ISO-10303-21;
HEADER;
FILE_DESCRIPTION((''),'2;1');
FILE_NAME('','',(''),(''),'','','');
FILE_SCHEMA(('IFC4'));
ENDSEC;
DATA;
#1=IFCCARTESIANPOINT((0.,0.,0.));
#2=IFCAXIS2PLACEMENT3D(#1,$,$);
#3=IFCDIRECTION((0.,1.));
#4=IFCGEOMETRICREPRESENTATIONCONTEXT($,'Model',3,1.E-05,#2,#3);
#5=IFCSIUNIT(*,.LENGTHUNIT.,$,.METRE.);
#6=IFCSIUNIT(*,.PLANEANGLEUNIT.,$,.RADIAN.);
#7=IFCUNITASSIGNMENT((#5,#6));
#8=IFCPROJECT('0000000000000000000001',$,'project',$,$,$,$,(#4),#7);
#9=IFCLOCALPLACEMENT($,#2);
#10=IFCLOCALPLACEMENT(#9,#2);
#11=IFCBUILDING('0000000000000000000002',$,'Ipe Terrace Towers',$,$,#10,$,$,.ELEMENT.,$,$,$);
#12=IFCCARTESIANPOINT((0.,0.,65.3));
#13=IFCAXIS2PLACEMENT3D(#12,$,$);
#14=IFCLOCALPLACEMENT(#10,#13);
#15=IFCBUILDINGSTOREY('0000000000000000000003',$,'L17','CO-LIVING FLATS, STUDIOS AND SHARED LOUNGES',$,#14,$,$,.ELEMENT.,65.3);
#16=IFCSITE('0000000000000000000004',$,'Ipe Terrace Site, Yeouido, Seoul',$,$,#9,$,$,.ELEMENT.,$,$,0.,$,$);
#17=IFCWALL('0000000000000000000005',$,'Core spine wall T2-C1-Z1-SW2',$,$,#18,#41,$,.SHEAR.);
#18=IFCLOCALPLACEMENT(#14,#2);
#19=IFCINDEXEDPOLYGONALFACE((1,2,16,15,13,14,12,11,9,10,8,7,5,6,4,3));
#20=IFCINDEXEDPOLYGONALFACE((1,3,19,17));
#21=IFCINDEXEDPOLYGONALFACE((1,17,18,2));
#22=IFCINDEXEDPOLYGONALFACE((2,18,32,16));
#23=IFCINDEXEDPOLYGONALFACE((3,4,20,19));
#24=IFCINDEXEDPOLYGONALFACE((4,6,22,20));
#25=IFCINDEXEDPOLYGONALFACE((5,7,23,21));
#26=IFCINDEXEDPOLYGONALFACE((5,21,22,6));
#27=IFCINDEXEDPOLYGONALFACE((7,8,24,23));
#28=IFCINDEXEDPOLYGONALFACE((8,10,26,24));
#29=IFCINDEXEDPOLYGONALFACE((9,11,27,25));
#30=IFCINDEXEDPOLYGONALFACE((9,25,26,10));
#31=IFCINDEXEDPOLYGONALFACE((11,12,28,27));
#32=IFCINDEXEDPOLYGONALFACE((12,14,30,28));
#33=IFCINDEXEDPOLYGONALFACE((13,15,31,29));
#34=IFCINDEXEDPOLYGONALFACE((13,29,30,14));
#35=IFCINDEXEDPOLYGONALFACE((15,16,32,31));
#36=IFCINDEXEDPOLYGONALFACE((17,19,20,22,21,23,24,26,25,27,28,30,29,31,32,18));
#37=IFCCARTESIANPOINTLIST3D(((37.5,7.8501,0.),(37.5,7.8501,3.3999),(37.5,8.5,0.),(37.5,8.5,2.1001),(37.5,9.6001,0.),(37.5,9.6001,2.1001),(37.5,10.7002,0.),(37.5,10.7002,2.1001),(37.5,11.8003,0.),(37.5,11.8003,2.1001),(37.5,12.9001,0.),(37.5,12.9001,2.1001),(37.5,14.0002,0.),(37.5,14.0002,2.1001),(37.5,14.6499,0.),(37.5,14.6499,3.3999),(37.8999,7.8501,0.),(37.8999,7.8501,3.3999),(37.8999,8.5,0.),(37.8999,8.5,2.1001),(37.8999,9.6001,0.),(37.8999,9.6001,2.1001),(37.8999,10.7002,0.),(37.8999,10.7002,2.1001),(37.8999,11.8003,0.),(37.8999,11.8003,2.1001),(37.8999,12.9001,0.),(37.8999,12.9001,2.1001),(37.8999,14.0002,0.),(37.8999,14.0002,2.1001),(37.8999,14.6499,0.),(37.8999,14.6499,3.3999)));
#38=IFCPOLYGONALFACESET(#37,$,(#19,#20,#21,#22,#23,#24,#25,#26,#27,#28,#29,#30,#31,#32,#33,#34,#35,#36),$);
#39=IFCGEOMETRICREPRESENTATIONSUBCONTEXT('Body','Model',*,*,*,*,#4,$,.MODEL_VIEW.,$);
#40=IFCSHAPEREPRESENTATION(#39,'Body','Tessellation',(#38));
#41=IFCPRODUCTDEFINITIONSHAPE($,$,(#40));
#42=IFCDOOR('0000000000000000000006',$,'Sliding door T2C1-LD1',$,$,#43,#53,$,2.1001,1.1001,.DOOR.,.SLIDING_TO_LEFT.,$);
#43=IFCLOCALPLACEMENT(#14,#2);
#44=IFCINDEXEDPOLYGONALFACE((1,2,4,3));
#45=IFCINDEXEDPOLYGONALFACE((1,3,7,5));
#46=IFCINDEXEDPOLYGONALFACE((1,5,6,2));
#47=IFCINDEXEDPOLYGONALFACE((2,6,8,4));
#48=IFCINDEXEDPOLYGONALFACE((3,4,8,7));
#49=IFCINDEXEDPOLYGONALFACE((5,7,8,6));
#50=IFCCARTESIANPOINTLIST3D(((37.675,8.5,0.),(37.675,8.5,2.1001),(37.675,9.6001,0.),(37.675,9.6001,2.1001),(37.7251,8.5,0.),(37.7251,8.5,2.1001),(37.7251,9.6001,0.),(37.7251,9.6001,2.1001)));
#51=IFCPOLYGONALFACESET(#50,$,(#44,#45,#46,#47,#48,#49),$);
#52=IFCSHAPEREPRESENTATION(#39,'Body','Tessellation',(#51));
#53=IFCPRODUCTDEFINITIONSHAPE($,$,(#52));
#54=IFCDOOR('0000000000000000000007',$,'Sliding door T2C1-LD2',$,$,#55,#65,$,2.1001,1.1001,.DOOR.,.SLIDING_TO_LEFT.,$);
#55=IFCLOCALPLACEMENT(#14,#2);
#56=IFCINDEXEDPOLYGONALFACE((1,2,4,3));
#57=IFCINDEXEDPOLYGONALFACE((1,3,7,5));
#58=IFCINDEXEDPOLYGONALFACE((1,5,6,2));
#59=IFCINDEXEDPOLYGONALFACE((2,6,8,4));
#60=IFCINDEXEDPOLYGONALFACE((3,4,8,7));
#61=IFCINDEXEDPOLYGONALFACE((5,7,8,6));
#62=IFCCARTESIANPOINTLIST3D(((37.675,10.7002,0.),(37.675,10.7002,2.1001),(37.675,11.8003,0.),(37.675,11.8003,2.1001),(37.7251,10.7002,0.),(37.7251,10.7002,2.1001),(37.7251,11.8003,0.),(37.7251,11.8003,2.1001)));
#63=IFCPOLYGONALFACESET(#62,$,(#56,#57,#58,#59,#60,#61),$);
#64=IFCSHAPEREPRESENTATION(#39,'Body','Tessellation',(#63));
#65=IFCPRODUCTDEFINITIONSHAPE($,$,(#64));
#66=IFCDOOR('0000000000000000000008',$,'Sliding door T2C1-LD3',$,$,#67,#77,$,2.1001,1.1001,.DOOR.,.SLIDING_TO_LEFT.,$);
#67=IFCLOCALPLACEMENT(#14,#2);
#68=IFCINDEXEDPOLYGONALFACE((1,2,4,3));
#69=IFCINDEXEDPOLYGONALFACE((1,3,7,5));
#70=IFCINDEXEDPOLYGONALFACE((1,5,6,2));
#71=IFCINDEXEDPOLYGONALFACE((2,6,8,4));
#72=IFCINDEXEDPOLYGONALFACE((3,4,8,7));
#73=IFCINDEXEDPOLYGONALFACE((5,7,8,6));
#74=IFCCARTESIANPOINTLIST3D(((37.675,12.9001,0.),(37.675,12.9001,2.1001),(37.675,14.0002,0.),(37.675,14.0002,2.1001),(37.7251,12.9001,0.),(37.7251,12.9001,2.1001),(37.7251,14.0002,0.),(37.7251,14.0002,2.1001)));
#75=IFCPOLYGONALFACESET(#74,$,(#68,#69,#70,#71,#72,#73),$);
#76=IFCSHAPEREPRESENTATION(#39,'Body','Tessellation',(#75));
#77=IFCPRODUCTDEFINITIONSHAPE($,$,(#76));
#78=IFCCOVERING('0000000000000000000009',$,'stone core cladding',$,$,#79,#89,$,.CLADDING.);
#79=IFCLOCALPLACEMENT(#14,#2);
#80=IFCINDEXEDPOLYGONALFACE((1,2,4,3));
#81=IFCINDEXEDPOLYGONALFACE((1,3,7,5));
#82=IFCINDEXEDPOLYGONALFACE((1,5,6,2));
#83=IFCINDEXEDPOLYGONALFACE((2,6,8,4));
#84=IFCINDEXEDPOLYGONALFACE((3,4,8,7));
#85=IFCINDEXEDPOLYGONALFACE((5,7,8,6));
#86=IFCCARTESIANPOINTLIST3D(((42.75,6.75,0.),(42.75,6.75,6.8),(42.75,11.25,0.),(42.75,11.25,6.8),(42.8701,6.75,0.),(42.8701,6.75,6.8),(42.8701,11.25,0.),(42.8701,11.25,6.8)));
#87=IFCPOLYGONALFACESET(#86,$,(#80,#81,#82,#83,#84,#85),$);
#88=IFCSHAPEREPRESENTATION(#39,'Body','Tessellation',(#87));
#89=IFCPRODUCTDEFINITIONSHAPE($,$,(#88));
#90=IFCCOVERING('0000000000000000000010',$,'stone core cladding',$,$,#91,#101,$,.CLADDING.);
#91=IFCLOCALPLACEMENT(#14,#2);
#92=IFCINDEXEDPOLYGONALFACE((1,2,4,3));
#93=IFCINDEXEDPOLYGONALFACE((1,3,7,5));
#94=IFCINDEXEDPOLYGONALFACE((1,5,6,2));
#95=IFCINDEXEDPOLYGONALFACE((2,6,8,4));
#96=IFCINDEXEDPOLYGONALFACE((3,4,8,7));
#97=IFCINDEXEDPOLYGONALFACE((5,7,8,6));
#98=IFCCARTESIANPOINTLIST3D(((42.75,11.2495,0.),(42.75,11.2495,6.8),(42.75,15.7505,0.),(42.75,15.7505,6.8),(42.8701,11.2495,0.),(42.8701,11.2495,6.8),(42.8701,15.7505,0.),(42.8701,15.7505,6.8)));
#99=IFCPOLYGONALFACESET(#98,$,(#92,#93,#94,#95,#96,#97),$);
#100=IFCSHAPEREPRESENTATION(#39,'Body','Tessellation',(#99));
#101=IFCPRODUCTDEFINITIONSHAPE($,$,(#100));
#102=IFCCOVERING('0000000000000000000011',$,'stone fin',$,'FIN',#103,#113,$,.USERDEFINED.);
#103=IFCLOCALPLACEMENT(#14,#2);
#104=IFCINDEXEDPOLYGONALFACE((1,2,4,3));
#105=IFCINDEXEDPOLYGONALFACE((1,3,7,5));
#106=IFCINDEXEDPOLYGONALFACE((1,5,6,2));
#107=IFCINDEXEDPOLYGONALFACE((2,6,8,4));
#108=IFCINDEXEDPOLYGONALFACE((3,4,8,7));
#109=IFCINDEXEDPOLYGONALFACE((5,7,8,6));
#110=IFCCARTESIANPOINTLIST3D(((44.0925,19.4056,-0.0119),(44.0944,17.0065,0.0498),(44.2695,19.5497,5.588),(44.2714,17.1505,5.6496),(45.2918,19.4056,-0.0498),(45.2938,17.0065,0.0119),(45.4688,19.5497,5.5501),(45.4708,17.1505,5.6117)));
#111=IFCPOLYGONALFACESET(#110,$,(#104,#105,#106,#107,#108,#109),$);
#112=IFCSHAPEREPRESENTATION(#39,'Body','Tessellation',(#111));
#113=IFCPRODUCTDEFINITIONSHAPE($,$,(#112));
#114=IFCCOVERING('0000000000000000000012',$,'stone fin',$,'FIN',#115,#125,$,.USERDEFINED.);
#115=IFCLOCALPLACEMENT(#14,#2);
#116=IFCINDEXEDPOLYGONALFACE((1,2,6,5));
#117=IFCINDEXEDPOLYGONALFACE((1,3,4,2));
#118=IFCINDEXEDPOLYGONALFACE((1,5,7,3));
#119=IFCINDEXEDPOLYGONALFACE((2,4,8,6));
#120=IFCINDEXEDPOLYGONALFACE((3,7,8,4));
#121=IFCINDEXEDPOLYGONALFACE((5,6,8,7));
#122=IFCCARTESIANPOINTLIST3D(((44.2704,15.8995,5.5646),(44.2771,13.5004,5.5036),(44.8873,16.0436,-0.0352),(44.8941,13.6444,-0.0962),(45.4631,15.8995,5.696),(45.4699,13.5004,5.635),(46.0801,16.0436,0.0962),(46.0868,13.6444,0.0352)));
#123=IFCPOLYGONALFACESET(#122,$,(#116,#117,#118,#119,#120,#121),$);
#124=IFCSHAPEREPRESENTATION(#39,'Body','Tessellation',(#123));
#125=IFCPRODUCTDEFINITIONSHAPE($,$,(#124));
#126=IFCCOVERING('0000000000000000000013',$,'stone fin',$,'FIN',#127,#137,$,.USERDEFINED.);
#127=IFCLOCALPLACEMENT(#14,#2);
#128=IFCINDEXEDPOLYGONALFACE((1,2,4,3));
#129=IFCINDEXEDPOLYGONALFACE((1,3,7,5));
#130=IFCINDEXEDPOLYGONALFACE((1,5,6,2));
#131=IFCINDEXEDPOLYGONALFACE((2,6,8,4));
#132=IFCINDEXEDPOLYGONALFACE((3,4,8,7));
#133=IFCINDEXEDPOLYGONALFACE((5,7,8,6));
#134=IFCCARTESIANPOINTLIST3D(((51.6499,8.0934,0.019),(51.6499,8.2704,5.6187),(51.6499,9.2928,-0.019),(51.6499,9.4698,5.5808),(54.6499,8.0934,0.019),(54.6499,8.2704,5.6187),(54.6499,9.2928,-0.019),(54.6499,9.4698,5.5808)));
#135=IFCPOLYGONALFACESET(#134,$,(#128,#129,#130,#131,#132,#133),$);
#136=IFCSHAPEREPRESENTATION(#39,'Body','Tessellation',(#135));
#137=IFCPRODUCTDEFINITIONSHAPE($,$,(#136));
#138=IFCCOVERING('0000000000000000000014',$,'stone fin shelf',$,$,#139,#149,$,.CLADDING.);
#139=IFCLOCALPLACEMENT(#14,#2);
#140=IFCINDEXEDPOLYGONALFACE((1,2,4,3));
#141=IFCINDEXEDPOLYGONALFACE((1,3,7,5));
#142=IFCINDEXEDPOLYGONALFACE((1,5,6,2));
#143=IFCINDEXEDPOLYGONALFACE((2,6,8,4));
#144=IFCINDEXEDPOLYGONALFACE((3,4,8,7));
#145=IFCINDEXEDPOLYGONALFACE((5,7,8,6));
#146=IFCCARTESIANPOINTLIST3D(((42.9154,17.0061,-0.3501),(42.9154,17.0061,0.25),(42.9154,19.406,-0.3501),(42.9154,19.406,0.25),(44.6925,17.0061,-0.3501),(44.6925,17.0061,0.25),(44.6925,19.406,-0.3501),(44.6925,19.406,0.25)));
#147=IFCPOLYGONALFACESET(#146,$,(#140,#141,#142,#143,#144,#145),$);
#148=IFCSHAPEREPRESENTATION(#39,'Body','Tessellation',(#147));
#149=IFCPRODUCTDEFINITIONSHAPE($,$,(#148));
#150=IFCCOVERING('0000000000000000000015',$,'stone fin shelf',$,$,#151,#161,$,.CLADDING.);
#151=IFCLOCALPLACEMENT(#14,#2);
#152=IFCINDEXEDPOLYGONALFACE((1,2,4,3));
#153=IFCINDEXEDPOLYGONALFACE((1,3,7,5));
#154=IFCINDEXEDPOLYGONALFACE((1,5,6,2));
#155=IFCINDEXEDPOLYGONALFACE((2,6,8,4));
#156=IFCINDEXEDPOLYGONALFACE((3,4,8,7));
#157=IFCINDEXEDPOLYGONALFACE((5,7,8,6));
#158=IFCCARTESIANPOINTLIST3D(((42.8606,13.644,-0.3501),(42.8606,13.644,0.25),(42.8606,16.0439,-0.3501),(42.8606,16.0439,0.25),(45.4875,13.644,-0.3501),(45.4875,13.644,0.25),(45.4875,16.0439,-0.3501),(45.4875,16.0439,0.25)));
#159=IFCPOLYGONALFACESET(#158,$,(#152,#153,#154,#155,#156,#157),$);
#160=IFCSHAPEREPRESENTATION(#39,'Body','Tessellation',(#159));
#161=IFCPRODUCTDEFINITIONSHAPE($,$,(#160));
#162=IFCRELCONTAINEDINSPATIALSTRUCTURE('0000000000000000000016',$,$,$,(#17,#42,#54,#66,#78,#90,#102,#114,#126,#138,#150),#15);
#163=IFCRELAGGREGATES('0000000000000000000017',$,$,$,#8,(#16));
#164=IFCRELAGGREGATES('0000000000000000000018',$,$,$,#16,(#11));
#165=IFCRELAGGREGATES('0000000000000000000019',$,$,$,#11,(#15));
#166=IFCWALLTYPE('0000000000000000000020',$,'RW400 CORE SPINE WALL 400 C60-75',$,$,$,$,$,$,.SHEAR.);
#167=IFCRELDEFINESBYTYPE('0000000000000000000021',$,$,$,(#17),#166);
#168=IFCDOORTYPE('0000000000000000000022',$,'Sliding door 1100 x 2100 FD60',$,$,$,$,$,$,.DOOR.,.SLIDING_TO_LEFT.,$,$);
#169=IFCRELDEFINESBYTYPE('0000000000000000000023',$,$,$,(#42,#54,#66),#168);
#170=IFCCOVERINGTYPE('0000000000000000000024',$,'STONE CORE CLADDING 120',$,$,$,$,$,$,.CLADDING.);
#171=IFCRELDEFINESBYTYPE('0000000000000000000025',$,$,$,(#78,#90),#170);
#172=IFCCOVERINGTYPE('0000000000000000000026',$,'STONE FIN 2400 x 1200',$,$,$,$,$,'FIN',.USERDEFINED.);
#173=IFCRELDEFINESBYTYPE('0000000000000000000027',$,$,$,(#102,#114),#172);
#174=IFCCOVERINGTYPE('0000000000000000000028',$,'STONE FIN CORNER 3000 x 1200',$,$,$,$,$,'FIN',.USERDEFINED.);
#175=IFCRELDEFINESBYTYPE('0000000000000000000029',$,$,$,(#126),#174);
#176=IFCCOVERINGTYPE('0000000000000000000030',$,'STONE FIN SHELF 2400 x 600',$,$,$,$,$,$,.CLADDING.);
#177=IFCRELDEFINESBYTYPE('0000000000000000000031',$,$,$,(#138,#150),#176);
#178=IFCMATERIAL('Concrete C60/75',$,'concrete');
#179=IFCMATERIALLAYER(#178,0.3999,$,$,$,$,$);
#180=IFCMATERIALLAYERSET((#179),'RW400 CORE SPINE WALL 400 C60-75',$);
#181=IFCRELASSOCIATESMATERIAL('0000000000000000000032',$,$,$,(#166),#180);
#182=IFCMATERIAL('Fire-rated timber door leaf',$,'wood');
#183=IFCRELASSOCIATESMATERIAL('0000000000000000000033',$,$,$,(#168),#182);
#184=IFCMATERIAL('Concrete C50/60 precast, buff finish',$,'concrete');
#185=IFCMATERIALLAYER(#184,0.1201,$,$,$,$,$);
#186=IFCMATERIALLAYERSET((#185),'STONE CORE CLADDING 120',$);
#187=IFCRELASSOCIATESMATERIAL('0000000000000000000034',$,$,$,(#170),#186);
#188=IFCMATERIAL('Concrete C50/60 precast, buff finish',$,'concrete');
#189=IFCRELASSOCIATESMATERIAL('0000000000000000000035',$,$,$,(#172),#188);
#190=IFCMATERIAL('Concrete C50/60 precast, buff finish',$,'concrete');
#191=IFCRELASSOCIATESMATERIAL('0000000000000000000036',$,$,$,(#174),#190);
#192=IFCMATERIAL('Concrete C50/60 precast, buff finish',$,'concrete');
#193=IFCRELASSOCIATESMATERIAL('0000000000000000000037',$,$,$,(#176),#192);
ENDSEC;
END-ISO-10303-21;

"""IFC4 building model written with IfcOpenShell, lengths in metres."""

from ifc_helpers import new_model, si_unit, direction, frame, frame_2d, origin, origin_2d, place, context, subcontext, project, spatial, rectangle, extrude, material, layer, layer_set, material_profile, profile_set, type_object, element, fill, save


model = new_model("IFC4")

# Units and contexts
model_context = context("Model", 3, precision=1e-05, world=origin(), true_north=direction((0.0, 1.0)))
body_context = subcontext(model_context, "Body", "Model", "MODEL_VIEW")
ifc_project = project(units=[si_unit("LENGTHUNIT", "METRE"), si_unit("PLANEANGLEUNIT", "RADIAN")], contexts=[model_context])

# Site, building, storey
site_placement = place(None, origin())
site = spatial("IfcSite", under=ifc_project, at=site_placement, Name="Ipe Terrace Site, Yeouido, Seoul", CompositionType="ELEMENT", RefElevation=0.0)
building_placement = place(site_placement, origin())
building = spatial("IfcBuilding", under=site, at=building_placement, Name="Ipe Terrace Towers", CompositionType="ELEMENT")
storey_placement = place(building_placement, frame((0.0, 0.0, 65.3)))
storey = spatial("IfcBuildingStorey", under=building, at=storey_placement, Name="L17", Description="CO-LIVING FLATS, STUDIOS AND SHARED LOUNGES", CompositionType="ELEMENT", Elevation=65.3)

# Wall, openings, doors
ifc_material_1 = material(Name="Concrete C60/75", Category="concrete")
ifc_layer_1 = layer(ifc_material_1, 0.3999)
ifc_layer_set_1 = layer_set([ifc_layer_1], Name="RW400 CORE SPINE WALL 400 C60-75")
wall_type_1 = type_object("IfcWallType", Name="RW400 CORE SPINE WALL 400 C60-75", PredefinedType="SHEAR", material=ifc_layer_set_1)
wall_1_placement = place(storey_placement, frame((37.7, 7.8501, 0.0), z_axis=(0.0, 0.0, 1.0), x_axis=(0.0, 1.0, 0.0)))
wall_1 = element("IfcWall", 1, at=wall_1_placement, inside=storey, type_object=wall_type_1, Name="Core spine wall T2-C1-Z1-SW2", PredefinedType="SHEAR", context=body_context, shape_type="SweptSolid", body=[
    extrude(rectangle(XDim=6.7998, YDim=0.3999, at=frame_2d((3.3999, 0.0))), origin(), (0.0, 0.0, 1.0), 3.3999),
])
opening_1_placement = place(wall_1_placement, frame((0.6499, 0.0, 0.0)))
opening_1 = element("IfcOpeningElement", 2, at=opening_1_placement, cuts=wall_1, PredefinedType="OPENING", context=body_context, shape_type="SweptSolid", body=[
    extrude(rectangle(XDim=1.1001, YDim=2.1001, at=frame_2d((0.55, 1.05))), frame((0.0, 0.21, 0.0), z_axis=(0.0, -1.0, 0.0), x_axis=(1.0, 0.0, 0.0)), (0.0, 0.0, 1.0), 0.4199),
])
opening_2_placement = place(wall_1_placement, frame((2.8501, 0.0, 0.0)))
opening_2 = element("IfcOpeningElement", 3, at=opening_2_placement, cuts=wall_1, PredefinedType="OPENING", context=body_context, shape_type="SweptSolid", body=[
    extrude(rectangle(XDim=1.1001, YDim=2.1001, at=frame_2d((0.55, 1.05))), frame((0.0, 0.21, 0.0), z_axis=(0.0, -1.0, 0.0), x_axis=(1.0, 0.0, 0.0)), (0.0, 0.0, 1.0), 0.4199),
])
opening_3_placement = place(wall_1_placement, frame((5.05, 0.0, 0.0)))
opening_3 = element("IfcOpeningElement", 4, at=opening_3_placement, cuts=wall_1, PredefinedType="OPENING", context=body_context, shape_type="SweptSolid", body=[
    extrude(rectangle(XDim=1.1001, YDim=2.1001, at=frame_2d((0.55, 1.05))), frame((0.0, 0.21, 0.0), z_axis=(0.0, -1.0, 0.0), x_axis=(1.0, 0.0, 0.0)), (0.0, 0.0, 1.0), 0.4199),
])
ifc_material_2 = material(Name="Fire-rated timber door leaf", Category="wood")
door_type_1 = type_object("IfcDoorType", Name="Sliding door 1100 x 2100 FD60", OperationType="SLIDING_TO_LEFT", PredefinedType="DOOR", material=ifc_material_2)
door_1_placement = place(opening_1_placement, origin())
door_1 = element("IfcDoor", 5, at=door_1_placement, inside=storey, type_object=door_type_1, Name="Sliding door T2C1-LD1", OperationType="SLIDING_TO_LEFT", OverallHeight=2.1001, OverallWidth=1.1001, PredefinedType="DOOR", context=body_context, shape_type="SweptSolid", body=[
    extrude(rectangle(XDim=1.1001, YDim=2.1001, at=frame_2d((0.55, 1.05))), frame((0.0, 0.0249, 0.0), z_axis=(0.0, -1.0, 0.0), x_axis=(1.0, 0.0, 0.0)), (0.0, 0.0, 1.0), 0.05),
])
fill(opening_1, door_1)
door_2_placement = place(opening_2_placement, origin())
door_2 = element("IfcDoor", 6, at=door_2_placement, inside=storey, type_object=door_type_1, Name="Sliding door T2C1-LD2", OperationType="SLIDING_TO_LEFT", OverallHeight=2.1001, OverallWidth=1.1001, PredefinedType="DOOR", context=body_context, shape_type="SweptSolid", body=[
    extrude(rectangle(XDim=1.1001, YDim=2.1001, at=frame_2d((0.55, 1.05))), frame((0.0, 0.0249, 0.0), z_axis=(0.0, -1.0, 0.0), x_axis=(1.0, 0.0, 0.0)), (0.0, 0.0, 1.0), 0.05),
])
fill(opening_2, door_2)
door_3_placement = place(opening_3_placement, origin())
door_3 = element("IfcDoor", 7, at=door_3_placement, inside=storey, type_object=door_type_1, Name="Sliding door T2C1-LD3", OperationType="SLIDING_TO_LEFT", OverallHeight=2.1001, OverallWidth=1.1001, PredefinedType="DOOR", context=body_context, shape_type="SweptSolid", body=[
    extrude(rectangle(XDim=1.1001, YDim=2.1001, at=frame_2d((0.55, 1.05))), frame((0.0, 0.0249, 0.0), z_axis=(0.0, -1.0, 0.0), x_axis=(1.0, 0.0, 0.0)), (0.0, 0.0, 1.0), 0.05),
])
fill(opening_3, door_3)

# Coverings
ifc_material_3 = material(Name="Concrete C50/60 precast, buff finish", Category="concrete")
ifc_layer_2 = layer(ifc_material_3, 0.1201)
ifc_layer_set_2 = layer_set([ifc_layer_2], Name="STONE CORE CLADDING 120")
covering_type_1 = type_object("IfcCoveringType", Name="STONE CORE CLADDING 120", PredefinedType="CLADDING", material=ifc_layer_set_2)
covering_1_placement = place(storey_placement, frame((42.8101, 9.0, 0.0), z_axis=(0.0, 0.0, 1.0), x_axis=(0.0, 1.0, 0.0)))
element("IfcCovering", 8, at=covering_1_placement, inside=storey, type_object=covering_type_1, Name="stone core cladding", PredefinedType="CLADDING", context=body_context, shape_type="SweptSolid", body=[
    extrude(rectangle(XDim=4.5, YDim=0.1201, at=origin_2d()), origin(), (0.0, 0.0, 1.0), 6.8),
])
covering_2_placement = place(storey_placement, frame((42.8101, 13.5, 0.0), z_axis=(0.0, 0.0, 1.0), x_axis=(0.0, 1.0, 0.0)))
element("IfcCovering", 9, at=covering_2_placement, inside=storey, type_object=covering_type_1, Name="stone core cladding", PredefinedType="CLADDING", context=body_context, shape_type="SweptSolid", body=[
    extrude(rectangle(XDim=4.501, YDim=0.1201, at=origin_2d()), origin(), (0.0, 0.0, 1.0), 6.8),
])
ifc_material_4 = material(Name="Concrete C50/60 precast, buff finish", Category="concrete")
ifc_material_profile_1 = material_profile(ifc_material_4, rectangle(XDim=2.3999, YDim=1.2, at=origin_2d()), Name="STONE FIN 2400 x 1200")
ifc_profile_set_1 = profile_set([ifc_material_profile_1], Name="Concrete C50/60 precast, buff finish")
covering_type_2 = type_object("IfcCoveringType", Name="STONE FIN 2400 x 1200", ElementType="FIN", PredefinedType="USERDEFINED", material=ifc_profile_set_1)
covering_3_placement = place(storey_placement, frame((44.6931, 18.2061, 0.0), z_axis=(0.031582, 0.025701, 0.999171), x_axis=(-0.000812, 0.99967, -0.025688)))
element("IfcCovering", 10, at=covering_3_placement, inside=storey, type_object=covering_type_2, Name="stone fin", ObjectType="FIN", PredefinedType="USERDEFINED", context=body_context, shape_type="SweptSolid", body=[
    extrude(rectangle(XDim=2.3999, YDim=1.2, at=origin_2d()), origin(), (0.0, 0.0, 1.0), 5.6045),
])
covering_4_placement = place(storey_placement, frame((45.4871, 14.844, 0.0), z_axis=(-0.109473, -0.02556, 0.993661), x_axis=(-0.002799, 0.999673, 0.025406)))
element("IfcCovering", 11, at=covering_4_placement, inside=storey, type_object=covering_type_2, Name="stone fin", ObjectType="FIN", PredefinedType="USERDEFINED", context=body_context, shape_type="SweptSolid", body=[
    extrude(rectangle(XDim=2.3999, YDim=1.2, at=origin_2d()), origin(), (0.0, 0.0, 1.0), 5.6355),
])
ifc_material_5 = material(Name="Concrete C50/60 precast, buff finish", Category="concrete")
ifc_material_profile_2 = material_profile(ifc_material_5, rectangle(XDim=3.0, YDim=1.2, at=origin_2d()), Name="STONE FIN CORNER 3000 x 1200")
ifc_profile_set_2 = profile_set([ifc_material_profile_2], Name="Concrete C50/60 precast, buff finish")
covering_type_3 = type_object("IfcCoveringType", Name="STONE FIN CORNER 3000 x 1200", ElementType="FIN", PredefinedType="USERDEFINED", material=ifc_profile_set_2)
covering_5_placement = place(storey_placement, frame((53.1499, 8.6931, 0.0), z_axis=(0.0, 0.031593, 0.999501), x_axis=(-1.0, 0.0, 0.0)))
element("IfcCovering", 12, at=covering_5_placement, inside=storey, type_object=covering_type_3, Name="stone fin", ObjectType="FIN", PredefinedType="USERDEFINED", context=body_context, shape_type="SweptSolid", body=[
    extrude(rectangle(XDim=3.0, YDim=1.2, at=origin_2d()), origin(), (0.0, 0.0, 1.0), 5.6025),
])
ifc_material_6 = material(Name="Concrete C50/60 precast, buff finish", Category="concrete")
covering_type_4 = type_object("IfcCoveringType", Name="STONE FIN SHELF 2400 x 600", PredefinedType="CLADDING", material=ifc_material_6)
covering_6_placement = place(storey_placement, frame((43.804, 18.2061, -0.3501), z_axis=(0.0, 0.0, 1.0), x_axis=(0.0, 1.0, 0.0)))
element("IfcCovering", 13, at=covering_6_placement, inside=storey, type_object=covering_type_4, Name="stone fin shelf", PredefinedType="CLADDING", context=body_context, shape_type="SweptSolid", body=[
    extrude(rectangle(XDim=2.3999, YDim=1.7771, at=origin_2d()), origin(), (0.0, 0.0, 1.0), 0.6001),
])
covering_7_placement = place(storey_placement, frame((44.1741, 14.844, -0.3501), z_axis=(0.0, 0.0, 1.0), x_axis=(0.0, 1.0, 0.0)))
element("IfcCovering", 14, at=covering_7_placement, inside=storey, type_object=covering_type_4, Name="stone fin shelf", PredefinedType="CLADDING", context=body_context, shape_type="SweptSolid", body=[
    extrude(rectangle(XDim=2.3999, YDim=2.627, at=origin_2d()), origin(), (0.0, 0.0, 1.0), 0.6001),
])

save(model, "model.ifc")
